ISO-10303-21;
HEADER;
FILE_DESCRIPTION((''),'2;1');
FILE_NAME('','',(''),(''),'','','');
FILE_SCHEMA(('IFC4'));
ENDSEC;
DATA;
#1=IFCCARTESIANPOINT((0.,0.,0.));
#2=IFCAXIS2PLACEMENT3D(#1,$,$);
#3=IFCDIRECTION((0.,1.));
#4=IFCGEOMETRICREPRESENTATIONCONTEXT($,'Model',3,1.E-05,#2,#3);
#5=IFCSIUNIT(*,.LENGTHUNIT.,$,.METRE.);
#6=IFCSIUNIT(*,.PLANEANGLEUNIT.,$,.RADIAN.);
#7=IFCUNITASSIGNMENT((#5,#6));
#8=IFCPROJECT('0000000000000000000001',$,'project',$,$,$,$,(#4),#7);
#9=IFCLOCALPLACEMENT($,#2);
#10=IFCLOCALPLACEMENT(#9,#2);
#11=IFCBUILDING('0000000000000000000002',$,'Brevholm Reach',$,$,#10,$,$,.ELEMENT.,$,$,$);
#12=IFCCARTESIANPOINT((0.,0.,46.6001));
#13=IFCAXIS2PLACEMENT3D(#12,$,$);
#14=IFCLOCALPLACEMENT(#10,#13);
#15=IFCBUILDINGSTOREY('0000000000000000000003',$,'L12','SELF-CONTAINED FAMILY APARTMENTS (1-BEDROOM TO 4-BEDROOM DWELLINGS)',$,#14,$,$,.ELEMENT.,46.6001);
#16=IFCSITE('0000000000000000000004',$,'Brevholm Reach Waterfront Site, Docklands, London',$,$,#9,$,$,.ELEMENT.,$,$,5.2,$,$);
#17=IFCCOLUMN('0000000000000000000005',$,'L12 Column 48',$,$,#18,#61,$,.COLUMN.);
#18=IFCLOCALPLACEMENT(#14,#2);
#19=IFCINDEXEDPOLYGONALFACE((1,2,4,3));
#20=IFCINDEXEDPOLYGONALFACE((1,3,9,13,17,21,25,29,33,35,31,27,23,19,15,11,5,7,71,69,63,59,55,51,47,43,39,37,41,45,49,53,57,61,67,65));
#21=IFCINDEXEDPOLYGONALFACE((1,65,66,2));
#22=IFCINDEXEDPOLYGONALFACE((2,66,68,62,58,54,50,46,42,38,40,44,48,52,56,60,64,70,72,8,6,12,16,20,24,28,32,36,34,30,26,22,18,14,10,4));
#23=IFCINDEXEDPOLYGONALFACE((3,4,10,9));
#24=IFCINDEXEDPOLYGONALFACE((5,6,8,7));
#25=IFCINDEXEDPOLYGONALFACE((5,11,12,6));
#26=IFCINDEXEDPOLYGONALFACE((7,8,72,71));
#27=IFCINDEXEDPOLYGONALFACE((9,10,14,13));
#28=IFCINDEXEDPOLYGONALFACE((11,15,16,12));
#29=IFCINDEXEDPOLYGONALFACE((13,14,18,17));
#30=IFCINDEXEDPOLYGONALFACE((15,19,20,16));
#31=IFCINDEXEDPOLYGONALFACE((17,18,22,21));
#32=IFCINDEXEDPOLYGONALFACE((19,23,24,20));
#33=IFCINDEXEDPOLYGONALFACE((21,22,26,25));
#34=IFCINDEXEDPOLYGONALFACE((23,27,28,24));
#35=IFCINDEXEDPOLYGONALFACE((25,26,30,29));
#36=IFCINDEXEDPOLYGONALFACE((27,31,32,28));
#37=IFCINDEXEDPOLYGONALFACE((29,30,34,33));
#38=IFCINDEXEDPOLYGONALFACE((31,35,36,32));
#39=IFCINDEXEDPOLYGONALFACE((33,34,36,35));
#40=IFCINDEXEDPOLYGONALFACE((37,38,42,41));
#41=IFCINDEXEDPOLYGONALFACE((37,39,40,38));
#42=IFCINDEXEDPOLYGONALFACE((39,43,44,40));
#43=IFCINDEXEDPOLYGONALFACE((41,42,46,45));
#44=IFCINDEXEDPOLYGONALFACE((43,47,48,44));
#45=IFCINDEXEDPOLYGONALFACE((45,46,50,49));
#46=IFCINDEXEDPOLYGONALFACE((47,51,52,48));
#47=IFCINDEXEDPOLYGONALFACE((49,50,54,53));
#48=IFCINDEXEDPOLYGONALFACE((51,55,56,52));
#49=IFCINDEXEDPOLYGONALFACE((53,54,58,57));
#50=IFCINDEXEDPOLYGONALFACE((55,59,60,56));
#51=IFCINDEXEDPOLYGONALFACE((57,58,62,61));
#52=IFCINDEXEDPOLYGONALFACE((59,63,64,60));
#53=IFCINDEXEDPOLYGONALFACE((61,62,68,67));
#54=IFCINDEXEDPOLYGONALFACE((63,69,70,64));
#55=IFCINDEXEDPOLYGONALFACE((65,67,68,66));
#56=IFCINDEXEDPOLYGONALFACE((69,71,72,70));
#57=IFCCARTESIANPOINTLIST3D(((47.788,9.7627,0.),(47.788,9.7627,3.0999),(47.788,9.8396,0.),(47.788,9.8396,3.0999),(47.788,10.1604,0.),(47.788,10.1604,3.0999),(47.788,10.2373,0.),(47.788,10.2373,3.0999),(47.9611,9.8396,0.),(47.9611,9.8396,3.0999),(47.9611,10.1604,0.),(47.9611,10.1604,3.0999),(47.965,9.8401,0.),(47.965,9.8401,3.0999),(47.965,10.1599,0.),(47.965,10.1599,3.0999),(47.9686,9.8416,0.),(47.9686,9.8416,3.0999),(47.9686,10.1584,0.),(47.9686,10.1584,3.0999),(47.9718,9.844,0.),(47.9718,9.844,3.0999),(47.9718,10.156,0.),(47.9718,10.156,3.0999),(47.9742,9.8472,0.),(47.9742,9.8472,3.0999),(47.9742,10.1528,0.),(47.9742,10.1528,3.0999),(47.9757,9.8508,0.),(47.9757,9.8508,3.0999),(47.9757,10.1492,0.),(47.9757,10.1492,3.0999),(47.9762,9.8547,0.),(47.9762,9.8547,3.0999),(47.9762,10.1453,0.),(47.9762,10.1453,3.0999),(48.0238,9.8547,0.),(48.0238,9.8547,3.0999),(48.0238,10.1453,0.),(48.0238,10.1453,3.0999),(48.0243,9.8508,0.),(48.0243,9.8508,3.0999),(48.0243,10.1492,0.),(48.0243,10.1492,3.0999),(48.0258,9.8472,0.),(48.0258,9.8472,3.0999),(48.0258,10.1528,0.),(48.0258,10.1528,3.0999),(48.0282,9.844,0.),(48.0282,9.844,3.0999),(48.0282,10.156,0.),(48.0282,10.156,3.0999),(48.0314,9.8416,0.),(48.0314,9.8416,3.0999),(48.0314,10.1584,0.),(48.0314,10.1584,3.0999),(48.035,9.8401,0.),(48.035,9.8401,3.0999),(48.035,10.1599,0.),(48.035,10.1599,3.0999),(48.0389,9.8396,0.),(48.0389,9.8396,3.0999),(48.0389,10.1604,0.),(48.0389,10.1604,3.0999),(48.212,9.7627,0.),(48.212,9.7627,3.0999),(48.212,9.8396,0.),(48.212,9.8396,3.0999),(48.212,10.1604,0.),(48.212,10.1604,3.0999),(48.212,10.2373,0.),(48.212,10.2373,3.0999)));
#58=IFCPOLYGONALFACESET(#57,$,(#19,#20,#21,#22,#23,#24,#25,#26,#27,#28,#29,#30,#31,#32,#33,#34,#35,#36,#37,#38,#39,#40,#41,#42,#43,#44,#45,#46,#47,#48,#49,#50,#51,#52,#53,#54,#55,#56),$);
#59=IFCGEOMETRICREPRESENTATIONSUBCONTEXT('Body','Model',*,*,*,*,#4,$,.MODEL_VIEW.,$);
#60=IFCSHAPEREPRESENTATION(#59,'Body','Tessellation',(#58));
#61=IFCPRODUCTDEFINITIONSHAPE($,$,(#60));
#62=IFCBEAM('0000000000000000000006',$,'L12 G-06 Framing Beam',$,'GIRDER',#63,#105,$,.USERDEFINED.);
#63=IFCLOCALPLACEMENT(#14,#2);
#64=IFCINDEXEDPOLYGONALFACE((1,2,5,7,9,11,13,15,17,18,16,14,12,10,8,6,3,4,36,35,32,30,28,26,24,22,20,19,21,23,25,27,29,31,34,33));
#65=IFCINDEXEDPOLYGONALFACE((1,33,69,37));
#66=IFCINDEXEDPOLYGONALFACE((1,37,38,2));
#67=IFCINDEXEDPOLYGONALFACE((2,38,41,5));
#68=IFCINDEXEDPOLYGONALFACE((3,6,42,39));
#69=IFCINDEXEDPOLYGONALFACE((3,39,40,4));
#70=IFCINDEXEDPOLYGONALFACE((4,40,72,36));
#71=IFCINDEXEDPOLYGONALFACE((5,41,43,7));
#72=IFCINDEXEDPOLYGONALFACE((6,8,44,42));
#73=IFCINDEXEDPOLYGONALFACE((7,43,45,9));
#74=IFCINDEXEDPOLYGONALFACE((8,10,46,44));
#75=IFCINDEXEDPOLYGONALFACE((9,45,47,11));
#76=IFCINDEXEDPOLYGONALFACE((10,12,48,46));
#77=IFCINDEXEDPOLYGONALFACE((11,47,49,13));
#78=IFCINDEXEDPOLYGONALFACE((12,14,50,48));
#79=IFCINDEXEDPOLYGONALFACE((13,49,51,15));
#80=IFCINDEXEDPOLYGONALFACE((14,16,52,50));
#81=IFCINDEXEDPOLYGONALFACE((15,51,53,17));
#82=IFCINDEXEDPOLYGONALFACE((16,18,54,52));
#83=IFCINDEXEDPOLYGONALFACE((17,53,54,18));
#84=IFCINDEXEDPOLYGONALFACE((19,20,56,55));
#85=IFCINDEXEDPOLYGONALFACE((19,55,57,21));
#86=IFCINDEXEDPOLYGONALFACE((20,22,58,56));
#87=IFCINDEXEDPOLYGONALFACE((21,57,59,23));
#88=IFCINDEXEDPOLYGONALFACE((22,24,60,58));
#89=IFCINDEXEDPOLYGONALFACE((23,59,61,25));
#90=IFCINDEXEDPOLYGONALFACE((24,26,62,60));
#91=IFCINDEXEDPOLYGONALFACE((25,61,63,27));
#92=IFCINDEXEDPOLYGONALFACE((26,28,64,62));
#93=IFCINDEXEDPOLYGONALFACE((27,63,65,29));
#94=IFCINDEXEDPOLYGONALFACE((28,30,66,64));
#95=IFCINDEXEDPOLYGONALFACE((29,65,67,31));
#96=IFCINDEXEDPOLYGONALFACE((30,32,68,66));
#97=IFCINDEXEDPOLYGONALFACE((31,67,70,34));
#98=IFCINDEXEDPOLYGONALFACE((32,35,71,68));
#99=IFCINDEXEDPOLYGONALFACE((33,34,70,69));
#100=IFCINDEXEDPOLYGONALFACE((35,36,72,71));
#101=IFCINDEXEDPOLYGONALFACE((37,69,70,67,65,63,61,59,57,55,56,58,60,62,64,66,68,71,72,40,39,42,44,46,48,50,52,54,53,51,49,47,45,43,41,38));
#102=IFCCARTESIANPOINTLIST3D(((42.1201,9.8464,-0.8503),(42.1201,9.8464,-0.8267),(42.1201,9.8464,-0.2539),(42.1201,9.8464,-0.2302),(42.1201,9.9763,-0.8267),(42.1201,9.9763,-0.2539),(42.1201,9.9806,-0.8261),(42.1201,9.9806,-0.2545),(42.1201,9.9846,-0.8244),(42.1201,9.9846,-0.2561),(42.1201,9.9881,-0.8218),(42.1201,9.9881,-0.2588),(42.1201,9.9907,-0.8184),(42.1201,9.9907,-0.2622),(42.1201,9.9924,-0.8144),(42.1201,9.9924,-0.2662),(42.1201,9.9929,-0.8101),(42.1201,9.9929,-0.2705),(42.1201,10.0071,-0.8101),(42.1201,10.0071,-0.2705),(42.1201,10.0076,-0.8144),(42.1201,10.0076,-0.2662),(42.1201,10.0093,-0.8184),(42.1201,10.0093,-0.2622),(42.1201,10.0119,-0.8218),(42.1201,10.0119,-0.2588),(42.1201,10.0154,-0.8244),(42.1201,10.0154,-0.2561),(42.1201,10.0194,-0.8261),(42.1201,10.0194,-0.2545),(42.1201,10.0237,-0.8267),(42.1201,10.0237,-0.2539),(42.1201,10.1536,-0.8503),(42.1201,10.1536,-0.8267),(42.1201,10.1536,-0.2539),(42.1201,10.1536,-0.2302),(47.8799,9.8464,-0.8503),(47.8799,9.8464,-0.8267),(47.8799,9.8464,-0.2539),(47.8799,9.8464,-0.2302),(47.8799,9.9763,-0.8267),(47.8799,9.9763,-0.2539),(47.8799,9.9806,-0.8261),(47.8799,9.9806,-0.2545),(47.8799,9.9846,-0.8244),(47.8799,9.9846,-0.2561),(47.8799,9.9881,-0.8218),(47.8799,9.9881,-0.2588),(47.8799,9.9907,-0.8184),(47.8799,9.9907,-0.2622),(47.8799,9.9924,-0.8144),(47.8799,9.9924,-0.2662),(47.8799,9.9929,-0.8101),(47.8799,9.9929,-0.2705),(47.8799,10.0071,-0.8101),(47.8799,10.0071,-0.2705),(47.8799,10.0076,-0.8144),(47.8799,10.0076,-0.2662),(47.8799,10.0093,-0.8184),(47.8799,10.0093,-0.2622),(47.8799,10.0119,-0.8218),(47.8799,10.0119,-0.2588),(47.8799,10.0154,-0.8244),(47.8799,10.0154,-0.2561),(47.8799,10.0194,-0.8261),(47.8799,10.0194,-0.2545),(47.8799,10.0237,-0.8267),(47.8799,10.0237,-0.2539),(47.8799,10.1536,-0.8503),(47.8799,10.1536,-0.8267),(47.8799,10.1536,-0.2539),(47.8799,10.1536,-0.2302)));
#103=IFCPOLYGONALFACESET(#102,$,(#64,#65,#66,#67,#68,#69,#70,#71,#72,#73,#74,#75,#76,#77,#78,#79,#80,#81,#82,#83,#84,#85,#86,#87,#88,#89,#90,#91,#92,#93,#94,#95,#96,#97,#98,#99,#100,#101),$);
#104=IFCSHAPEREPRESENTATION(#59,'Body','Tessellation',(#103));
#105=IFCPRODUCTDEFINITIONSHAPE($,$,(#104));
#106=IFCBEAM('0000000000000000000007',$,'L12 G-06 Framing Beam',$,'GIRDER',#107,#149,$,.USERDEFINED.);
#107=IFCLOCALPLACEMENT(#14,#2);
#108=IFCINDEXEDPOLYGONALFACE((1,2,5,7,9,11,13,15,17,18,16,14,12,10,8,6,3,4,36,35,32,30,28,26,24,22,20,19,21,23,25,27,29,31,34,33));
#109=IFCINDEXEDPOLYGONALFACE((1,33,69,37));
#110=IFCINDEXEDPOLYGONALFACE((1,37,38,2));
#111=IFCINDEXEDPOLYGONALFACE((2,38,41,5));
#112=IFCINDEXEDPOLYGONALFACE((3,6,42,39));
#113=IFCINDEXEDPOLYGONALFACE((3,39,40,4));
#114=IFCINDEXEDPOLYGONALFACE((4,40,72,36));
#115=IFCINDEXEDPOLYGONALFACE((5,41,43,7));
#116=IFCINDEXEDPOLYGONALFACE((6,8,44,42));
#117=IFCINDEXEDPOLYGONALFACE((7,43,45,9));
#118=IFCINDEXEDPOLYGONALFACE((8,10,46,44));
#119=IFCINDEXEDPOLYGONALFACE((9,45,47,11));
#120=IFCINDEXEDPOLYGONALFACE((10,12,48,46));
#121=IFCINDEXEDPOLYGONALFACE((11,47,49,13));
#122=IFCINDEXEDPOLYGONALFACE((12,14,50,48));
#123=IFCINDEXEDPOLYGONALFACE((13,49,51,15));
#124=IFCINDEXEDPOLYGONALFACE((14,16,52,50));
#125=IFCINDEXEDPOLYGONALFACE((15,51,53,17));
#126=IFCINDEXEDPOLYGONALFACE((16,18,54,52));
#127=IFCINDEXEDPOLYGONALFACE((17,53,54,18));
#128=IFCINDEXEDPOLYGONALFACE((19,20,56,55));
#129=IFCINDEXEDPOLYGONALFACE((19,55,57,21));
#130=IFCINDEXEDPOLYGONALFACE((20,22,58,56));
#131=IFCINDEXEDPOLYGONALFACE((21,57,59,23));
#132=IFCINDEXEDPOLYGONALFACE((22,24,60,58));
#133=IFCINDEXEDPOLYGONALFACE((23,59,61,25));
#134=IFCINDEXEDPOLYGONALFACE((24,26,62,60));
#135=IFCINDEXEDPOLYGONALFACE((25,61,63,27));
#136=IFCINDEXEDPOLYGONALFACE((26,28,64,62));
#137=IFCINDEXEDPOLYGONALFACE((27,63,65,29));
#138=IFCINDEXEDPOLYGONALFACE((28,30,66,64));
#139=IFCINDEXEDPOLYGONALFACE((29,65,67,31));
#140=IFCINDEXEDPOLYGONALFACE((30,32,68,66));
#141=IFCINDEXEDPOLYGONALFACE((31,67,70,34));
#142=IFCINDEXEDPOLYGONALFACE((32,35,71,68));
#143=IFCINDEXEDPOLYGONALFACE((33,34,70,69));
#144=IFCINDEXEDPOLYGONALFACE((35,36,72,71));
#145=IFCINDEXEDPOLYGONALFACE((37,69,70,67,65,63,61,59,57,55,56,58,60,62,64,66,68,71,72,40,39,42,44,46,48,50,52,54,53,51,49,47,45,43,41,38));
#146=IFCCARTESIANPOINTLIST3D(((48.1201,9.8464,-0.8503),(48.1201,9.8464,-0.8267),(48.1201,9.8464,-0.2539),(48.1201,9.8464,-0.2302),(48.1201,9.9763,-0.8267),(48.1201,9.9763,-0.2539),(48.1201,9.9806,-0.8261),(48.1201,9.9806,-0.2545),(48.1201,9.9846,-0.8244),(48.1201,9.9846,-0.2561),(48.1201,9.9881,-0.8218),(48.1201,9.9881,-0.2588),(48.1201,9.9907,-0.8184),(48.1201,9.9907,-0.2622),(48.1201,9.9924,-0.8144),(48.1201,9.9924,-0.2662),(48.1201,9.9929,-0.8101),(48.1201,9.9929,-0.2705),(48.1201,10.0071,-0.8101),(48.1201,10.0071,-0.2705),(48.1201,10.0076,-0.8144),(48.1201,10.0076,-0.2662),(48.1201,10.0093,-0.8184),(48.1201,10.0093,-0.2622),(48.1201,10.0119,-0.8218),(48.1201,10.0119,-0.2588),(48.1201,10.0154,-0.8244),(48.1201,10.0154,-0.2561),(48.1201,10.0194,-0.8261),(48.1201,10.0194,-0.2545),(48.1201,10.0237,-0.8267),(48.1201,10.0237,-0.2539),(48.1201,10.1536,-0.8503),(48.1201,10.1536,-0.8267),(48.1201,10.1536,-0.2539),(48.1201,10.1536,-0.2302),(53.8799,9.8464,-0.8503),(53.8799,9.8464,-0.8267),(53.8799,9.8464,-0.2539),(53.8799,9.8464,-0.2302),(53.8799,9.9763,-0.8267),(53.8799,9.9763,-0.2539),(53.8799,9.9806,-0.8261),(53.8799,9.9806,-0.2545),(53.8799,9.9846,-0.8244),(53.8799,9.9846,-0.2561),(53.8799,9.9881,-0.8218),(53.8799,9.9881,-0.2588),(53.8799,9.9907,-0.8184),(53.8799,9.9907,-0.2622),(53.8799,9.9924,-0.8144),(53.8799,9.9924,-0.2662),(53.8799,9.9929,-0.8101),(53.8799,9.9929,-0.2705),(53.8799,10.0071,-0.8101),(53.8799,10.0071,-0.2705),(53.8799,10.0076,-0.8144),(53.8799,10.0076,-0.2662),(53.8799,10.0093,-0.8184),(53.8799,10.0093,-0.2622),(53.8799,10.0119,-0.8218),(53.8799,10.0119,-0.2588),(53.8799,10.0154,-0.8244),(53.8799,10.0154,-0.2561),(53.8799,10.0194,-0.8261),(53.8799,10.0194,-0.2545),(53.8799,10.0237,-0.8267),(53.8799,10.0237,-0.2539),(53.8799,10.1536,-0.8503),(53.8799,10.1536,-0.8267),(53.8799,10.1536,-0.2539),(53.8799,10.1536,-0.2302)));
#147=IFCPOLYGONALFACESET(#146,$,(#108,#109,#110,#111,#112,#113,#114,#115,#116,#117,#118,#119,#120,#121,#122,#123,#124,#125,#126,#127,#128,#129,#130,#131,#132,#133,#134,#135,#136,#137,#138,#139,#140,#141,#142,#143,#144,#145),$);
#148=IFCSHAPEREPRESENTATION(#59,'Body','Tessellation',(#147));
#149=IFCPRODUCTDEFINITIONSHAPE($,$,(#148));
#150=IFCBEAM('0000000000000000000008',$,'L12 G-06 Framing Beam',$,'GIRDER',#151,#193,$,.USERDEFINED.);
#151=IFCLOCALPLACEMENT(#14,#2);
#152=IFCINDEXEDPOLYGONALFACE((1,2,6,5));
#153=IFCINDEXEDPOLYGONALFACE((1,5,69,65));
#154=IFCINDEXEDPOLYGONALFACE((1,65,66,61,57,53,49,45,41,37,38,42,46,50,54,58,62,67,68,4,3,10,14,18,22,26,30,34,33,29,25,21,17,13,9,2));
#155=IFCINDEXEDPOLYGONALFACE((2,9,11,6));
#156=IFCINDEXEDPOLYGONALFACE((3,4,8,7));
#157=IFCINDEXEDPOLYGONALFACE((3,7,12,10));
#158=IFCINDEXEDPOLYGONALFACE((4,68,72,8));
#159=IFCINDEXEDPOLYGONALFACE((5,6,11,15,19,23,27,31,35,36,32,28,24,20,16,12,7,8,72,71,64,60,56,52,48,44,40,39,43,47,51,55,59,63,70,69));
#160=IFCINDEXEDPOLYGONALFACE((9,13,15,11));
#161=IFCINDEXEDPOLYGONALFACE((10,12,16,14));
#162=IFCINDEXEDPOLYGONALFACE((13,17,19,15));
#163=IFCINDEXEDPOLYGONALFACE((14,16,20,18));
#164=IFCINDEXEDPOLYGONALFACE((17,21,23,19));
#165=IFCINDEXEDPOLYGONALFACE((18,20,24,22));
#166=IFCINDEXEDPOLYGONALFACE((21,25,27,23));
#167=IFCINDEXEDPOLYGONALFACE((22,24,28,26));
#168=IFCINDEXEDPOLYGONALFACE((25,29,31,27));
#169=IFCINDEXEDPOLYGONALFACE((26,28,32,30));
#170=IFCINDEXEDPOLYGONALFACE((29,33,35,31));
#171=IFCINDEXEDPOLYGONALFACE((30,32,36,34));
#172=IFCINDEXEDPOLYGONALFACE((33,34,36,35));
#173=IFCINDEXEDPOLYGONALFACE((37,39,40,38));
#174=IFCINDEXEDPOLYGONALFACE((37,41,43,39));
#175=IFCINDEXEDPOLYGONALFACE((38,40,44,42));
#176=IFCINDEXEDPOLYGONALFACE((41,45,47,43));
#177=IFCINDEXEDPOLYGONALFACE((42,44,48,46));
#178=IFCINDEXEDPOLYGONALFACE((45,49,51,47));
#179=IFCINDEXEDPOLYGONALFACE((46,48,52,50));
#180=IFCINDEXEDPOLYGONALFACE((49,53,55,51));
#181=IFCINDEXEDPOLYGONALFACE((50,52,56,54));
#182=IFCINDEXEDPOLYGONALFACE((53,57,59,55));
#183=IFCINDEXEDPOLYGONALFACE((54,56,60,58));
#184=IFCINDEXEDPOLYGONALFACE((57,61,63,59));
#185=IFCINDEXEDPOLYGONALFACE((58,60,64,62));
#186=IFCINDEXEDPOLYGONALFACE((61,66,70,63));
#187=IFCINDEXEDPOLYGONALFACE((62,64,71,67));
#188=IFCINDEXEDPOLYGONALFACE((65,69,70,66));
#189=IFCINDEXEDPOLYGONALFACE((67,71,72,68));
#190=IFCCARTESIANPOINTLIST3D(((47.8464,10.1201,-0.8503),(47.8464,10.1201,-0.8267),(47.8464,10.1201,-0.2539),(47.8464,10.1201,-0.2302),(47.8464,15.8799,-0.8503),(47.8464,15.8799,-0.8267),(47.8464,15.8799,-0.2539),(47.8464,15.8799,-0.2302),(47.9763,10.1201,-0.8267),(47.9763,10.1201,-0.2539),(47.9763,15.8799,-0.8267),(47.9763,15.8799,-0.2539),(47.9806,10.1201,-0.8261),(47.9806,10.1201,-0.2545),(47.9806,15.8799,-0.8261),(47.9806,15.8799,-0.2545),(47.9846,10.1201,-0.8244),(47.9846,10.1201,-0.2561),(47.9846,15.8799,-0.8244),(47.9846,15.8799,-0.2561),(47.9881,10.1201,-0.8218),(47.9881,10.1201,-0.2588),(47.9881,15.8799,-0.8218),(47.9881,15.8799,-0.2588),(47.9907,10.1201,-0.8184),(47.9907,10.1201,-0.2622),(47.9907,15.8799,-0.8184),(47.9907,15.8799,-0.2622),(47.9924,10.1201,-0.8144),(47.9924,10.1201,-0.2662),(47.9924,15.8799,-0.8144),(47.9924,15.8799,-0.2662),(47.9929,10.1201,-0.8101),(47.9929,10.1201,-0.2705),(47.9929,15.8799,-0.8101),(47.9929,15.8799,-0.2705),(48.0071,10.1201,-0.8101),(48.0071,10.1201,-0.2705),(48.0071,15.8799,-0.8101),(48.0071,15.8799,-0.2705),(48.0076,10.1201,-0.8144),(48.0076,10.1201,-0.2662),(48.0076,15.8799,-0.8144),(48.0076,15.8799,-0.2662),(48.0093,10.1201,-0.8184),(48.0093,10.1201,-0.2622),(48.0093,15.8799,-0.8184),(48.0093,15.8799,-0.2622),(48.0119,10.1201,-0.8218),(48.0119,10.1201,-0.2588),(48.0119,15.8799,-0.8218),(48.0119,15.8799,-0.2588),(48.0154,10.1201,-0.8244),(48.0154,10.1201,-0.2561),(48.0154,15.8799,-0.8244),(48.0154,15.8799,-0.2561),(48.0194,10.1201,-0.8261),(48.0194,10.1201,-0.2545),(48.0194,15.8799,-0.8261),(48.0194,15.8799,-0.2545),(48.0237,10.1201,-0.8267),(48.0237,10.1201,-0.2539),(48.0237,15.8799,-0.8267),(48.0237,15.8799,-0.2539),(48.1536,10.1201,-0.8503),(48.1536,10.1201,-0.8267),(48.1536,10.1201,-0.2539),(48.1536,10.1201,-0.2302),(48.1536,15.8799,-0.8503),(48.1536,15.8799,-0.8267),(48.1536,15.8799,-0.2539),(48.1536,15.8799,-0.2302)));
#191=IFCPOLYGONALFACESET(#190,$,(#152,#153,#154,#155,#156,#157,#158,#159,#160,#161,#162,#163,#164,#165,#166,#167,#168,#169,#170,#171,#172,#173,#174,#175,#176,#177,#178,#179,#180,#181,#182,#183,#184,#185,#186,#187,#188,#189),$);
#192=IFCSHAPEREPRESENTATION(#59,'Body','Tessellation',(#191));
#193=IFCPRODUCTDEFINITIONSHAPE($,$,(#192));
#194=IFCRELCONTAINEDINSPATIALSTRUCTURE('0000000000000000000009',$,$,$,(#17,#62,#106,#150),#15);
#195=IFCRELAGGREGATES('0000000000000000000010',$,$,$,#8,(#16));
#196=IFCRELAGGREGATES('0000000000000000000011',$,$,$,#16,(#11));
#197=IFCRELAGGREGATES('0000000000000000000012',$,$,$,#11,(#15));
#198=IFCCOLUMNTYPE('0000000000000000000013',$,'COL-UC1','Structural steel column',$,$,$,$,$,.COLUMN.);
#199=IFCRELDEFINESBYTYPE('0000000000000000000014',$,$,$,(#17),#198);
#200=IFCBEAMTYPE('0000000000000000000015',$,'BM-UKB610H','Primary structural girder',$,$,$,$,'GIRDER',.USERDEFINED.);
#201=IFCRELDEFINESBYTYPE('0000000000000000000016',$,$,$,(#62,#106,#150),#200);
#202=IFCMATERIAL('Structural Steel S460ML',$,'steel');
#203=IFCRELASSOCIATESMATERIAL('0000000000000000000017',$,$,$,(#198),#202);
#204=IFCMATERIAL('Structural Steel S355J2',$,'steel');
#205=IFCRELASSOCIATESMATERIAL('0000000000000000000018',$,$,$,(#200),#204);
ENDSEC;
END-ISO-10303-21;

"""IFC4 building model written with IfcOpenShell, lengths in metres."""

from ifc_helpers import new_model, si_unit, direction, frame, origin, origin_2d, place, context, subcontext, project, spatial, i_section, extrude, material, material_profile, profile_set, type_object, element, save


model = new_model("IFC4")

# Units and contexts
model_context = context("Model", 3, precision=1e-05, world=origin(), true_north=direction((0.0, 1.0)))
body_context = subcontext(model_context, "Body", "Model", "MODEL_VIEW")
ifc_project = project(units=[si_unit("LENGTHUNIT", "METRE"), si_unit("PLANEANGLEUNIT", "RADIAN")], contexts=[model_context])

# Site, building, storey
site_placement = place(None, origin())
site = spatial("IfcSite", under=ifc_project, at=site_placement, Name="Brevholm Reach Waterfront Site, Docklands, London", CompositionType="ELEMENT", RefElevation=5.2)
building_placement = place(site_placement, origin())
building = spatial("IfcBuilding", under=site, at=building_placement, Name="Brevholm Reach", CompositionType="ELEMENT")
storey_placement = place(building_placement, frame((0.0, 0.0, 46.6001)))
storey = spatial("IfcBuildingStorey", under=building, at=storey_placement, Name="L12", Description="SELF-CONTAINED FAMILY APARTMENTS (1-BEDROOM TO 4-BEDROOM DWELLINGS)", CompositionType="ELEMENT", Elevation=46.6001)

# Column
ifc_material_1 = material(Name="Structural Steel S460ML", Category="steel")
ifc_material_profile_1 = material_profile(ifc_material_1, i_section(OverallWidth=0.4241, OverallDepth=0.4746, WebThickness=0.0476, FlangeThickness=0.0769, FilletRadius=0.0151, at=origin_2d()), Name="UKC 356x406x634")
ifc_profile_set_1 = profile_set([ifc_material_profile_1], Name="Structural Steel S460ML")
column_type = type_object("IfcColumnType", Name="COL-UC1", Description="Structural steel column", PredefinedType="COLUMN", material=ifc_profile_set_1)
column_placement = place(storey_placement, frame((48.0, 10.0, 0.0), z_axis=(0.0, 0.0, 1.0), x_axis=(1.0, 0.0, 0.0)))
element("IfcColumn", 1, at=column_placement, inside=storey, type_object=column_type, Name="L12 Column 48", PredefinedType="COLUMN", context=body_context, shape_type="SweptSolid", body=[
    extrude(i_section(OverallWidth=0.4241, OverallDepth=0.4746, WebThickness=0.0476, FlangeThickness=0.0769, FilletRadius=0.0151, at=origin_2d()), origin(), (0.0, 0.0, 1.0), 3.0999),
])

# Beams
ifc_material_2 = material(Name="Structural Steel S355J2", Category="steel")
ifc_material_profile_2 = material_profile(ifc_material_2, i_section(OverallWidth=0.3071, OverallDepth=0.6201, WebThickness=0.0142, FlangeThickness=0.0237, FilletRadius=0.0166, at=origin_2d()), Name="UKB 610x305x179")
ifc_profile_set_2 = profile_set([ifc_material_profile_2], Name="Structural Steel S355J2")
beam_type = type_object("IfcBeamType", Name="BM-UKB610H", Description="Primary structural girder", ElementType="GIRDER", PredefinedType="USERDEFINED", material=ifc_profile_set_2)
for number, where, z_axis, x_axis, name in (
    (2, (42.1201, 10.0, -0.5403), (1.0, 0.0, 0.0), (0.0, 1.0, 0.0), "L12 G-06 Framing Beam"),
    (3, (48.1201, 10.0, -0.5403), (1.0, 0.0, 0.0), (0.0, 1.0, 0.0), "L12 G-06 Framing Beam"),
    (4, (48.0, 10.1201, -0.5403), (0.0, 1.0, 0.0), (-1.0, 0.0, 0.0), "L12 G-06 Framing Beam"),
):
    element("IfcBeam", number, at=place(storey_placement, frame(where, z_axis=z_axis, x_axis=x_axis)), inside=storey, type_object=beam_type, Name=name, ObjectType="GIRDER", PredefinedType="USERDEFINED", context=body_context, shape_type="SweptSolid", body=[
        extrude(i_section(OverallWidth=0.3071, OverallDepth=0.6201, WebThickness=0.0142, FlangeThickness=0.0237, FilletRadius=0.0166, at=origin_2d()), origin(), (0.0, 0.0, 1.0), 5.7598),
    ])

save(model, "model.ifc")
